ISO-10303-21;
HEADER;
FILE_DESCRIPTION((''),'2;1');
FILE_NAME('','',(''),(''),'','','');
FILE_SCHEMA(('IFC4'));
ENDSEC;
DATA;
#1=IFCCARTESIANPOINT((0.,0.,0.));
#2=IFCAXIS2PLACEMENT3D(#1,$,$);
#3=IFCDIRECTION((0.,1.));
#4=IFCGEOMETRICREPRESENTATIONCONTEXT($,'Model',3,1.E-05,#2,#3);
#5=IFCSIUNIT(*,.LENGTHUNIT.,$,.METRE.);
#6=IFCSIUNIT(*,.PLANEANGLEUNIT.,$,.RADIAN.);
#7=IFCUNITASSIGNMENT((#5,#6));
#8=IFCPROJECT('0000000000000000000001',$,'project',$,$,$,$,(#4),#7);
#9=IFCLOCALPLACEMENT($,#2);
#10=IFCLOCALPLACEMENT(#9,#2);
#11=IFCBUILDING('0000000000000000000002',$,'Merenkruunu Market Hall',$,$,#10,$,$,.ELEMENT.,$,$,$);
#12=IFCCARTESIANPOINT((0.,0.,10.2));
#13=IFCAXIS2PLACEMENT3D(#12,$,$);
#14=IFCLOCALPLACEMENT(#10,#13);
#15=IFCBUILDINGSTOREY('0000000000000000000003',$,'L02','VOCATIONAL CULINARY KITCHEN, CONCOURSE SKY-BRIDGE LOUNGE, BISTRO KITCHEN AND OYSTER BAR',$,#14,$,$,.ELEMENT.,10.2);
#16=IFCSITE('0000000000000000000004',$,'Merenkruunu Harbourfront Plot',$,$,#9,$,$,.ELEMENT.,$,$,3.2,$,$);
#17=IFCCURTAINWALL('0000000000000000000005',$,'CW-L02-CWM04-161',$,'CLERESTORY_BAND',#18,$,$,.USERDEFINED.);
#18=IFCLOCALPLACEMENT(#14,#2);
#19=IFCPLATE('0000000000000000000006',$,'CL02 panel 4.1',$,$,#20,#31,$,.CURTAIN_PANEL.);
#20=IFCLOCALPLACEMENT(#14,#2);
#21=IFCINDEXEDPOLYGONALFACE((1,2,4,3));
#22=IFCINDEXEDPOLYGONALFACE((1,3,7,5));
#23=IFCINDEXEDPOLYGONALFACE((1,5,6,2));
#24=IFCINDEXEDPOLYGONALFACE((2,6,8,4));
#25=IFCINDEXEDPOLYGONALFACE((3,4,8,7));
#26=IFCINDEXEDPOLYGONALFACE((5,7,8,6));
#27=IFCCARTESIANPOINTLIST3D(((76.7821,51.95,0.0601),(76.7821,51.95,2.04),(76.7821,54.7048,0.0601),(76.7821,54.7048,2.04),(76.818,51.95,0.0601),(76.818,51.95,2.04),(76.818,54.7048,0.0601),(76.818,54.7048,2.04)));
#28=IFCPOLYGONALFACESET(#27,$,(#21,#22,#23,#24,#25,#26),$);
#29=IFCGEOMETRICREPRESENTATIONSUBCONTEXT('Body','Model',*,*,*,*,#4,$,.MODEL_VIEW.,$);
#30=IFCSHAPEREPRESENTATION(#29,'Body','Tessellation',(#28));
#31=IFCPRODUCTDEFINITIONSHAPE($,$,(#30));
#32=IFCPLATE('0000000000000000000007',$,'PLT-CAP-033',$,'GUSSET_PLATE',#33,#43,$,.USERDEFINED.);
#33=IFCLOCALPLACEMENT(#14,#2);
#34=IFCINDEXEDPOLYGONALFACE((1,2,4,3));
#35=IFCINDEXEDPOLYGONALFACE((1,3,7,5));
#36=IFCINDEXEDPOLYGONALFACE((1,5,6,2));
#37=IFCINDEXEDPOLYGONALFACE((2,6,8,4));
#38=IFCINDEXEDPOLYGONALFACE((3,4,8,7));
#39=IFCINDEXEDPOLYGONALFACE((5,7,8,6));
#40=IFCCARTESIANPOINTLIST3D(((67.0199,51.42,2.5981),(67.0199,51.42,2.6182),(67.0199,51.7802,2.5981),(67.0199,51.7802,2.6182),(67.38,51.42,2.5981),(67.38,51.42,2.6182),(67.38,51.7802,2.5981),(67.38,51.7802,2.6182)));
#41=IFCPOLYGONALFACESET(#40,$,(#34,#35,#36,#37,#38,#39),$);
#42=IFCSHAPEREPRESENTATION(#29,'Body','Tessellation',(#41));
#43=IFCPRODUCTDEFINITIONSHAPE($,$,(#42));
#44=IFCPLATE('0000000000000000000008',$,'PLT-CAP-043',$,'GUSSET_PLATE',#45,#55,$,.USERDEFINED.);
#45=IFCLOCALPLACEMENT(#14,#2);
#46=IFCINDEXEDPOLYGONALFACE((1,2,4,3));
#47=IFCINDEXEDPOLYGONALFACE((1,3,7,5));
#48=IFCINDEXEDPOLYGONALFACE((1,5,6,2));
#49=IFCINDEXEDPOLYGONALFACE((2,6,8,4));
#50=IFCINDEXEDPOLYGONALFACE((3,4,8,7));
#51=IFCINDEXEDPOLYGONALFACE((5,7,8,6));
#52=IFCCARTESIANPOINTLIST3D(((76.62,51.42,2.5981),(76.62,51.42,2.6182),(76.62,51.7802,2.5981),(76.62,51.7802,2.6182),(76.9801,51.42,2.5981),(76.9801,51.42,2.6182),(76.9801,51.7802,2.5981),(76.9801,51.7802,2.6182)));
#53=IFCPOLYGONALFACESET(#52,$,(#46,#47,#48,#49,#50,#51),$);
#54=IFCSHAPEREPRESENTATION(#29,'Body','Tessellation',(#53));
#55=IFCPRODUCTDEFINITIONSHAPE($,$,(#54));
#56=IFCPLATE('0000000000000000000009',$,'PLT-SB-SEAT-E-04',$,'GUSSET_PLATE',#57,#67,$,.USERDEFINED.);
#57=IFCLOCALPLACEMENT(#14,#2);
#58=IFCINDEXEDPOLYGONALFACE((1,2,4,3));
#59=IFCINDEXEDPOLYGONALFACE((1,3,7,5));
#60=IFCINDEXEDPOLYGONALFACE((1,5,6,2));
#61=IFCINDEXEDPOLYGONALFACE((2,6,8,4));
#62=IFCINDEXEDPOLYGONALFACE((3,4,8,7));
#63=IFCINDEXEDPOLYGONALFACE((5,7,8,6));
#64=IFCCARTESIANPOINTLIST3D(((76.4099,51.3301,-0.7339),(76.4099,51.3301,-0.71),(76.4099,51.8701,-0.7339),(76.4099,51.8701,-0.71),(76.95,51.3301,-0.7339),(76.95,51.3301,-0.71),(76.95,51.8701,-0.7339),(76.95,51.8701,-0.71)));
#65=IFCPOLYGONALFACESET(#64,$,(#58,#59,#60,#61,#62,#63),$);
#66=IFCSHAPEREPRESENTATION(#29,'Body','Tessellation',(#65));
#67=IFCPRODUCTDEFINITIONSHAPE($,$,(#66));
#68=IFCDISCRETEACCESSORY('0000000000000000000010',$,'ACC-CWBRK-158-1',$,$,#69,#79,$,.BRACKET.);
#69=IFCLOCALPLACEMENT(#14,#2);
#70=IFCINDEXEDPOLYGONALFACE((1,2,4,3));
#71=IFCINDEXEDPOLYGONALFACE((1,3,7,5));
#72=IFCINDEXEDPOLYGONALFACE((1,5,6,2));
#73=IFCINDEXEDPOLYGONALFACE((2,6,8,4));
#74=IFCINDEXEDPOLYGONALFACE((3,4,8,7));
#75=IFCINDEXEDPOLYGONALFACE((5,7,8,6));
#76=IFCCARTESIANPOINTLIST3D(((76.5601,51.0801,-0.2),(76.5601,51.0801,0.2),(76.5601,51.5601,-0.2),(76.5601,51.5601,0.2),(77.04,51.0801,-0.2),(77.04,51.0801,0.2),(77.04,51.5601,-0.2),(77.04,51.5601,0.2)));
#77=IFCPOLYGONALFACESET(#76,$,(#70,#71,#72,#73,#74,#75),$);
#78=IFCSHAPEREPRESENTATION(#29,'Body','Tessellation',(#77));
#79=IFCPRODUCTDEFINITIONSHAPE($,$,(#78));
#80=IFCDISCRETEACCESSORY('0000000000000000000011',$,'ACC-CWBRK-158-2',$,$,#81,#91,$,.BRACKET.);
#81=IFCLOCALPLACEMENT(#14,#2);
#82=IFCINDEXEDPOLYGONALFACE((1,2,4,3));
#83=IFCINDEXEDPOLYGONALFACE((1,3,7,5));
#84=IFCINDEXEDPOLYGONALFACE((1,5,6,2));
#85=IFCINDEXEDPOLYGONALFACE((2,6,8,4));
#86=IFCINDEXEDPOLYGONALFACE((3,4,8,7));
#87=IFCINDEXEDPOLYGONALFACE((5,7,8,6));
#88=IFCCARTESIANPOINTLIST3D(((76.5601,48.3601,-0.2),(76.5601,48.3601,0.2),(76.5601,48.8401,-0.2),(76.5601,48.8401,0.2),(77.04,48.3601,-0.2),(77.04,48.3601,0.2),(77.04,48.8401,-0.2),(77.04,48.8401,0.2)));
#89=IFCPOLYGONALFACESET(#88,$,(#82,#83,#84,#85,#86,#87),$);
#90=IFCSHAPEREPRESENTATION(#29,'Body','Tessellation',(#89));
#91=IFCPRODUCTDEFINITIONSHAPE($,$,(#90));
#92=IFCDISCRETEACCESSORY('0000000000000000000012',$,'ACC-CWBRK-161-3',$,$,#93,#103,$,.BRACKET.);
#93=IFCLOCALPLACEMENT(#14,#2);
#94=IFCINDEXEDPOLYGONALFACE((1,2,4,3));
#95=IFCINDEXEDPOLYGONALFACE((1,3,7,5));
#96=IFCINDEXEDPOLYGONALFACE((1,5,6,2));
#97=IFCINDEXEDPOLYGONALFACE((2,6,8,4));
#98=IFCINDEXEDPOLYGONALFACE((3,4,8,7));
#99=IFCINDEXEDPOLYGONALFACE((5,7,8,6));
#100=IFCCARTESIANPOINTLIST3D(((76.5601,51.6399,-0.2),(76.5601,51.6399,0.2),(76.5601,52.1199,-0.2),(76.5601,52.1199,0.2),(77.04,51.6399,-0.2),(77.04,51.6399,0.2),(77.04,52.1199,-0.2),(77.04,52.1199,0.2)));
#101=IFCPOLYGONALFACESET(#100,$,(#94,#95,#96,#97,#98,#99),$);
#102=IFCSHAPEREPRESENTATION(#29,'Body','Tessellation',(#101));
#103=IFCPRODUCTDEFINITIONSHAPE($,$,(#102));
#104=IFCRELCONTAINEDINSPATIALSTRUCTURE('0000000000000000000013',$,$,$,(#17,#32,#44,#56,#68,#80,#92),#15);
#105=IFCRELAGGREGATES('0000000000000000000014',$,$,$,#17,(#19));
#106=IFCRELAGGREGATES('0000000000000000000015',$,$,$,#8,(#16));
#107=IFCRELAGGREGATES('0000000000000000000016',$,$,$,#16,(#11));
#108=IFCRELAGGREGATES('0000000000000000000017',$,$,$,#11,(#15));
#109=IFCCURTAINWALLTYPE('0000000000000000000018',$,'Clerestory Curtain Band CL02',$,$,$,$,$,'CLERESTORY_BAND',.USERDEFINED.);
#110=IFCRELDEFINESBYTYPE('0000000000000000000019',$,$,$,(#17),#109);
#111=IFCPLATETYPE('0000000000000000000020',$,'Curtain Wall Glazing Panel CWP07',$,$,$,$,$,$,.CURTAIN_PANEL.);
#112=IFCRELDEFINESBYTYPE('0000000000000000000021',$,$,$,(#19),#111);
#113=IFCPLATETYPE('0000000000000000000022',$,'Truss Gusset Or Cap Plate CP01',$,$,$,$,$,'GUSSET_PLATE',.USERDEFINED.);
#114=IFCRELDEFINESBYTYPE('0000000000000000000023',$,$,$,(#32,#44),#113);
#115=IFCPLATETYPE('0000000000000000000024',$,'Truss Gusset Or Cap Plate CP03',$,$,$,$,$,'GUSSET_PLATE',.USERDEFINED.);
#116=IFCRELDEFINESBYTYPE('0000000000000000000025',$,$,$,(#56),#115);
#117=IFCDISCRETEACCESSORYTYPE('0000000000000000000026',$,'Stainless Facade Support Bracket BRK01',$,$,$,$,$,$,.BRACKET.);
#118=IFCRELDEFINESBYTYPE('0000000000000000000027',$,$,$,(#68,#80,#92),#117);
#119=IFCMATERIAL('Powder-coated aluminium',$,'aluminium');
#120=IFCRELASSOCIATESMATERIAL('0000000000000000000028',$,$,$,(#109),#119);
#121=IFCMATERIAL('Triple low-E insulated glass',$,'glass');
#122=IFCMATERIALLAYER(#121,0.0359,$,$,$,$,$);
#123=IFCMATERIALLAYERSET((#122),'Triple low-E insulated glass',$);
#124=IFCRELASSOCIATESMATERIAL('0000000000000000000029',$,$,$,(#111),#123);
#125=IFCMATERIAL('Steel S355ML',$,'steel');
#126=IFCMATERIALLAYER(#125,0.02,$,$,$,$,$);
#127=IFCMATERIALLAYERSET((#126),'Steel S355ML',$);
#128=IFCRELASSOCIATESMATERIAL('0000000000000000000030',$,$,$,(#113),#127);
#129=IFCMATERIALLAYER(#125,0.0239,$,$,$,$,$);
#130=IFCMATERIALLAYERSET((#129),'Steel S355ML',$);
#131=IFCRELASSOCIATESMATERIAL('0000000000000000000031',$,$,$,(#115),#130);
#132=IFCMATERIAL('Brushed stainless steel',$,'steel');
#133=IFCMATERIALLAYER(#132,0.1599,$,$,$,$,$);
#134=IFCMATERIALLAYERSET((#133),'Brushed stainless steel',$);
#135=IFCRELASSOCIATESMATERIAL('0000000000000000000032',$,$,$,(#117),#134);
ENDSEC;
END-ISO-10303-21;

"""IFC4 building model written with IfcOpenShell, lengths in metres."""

from ifc_helpers import new_model, si_unit, direction, frame, origin, origin_2d, place, context, subcontext, project, spatial, rectangle, extrude, material, layer, layer_set, type_object, element, aggregate, save


model = new_model("IFC4")

# Units and contexts
model_context = context("Model", 3, precision=1e-05, world=origin(), true_north=direction((0.0, 1.0)))
body_context = subcontext(model_context, "Body", "Model", "MODEL_VIEW")
ifc_project = project(units=[si_unit("LENGTHUNIT", "METRE"), si_unit("PLANEANGLEUNIT", "RADIAN")], contexts=[model_context])

# Site, building, storey
site_placement = place(None, origin())
site = spatial("IfcSite", under=ifc_project, at=site_placement, Name="Merenkruunu Harbourfront Plot", CompositionType="ELEMENT", RefElevation=3.2)
building_placement = place(site_placement, origin())
building = spatial("IfcBuilding", under=site, at=building_placement, Name="Merenkruunu Market Hall", CompositionType="ELEMENT")
storey_placement = place(building_placement, frame((0.0, 0.0, 10.2)))
storey = spatial("IfcBuildingStorey", under=building, at=storey_placement, Name="L02", Description="VOCATIONAL CULINARY KITCHEN, CONCOURSE SKY-BRIDGE LOUNGE, BISTRO KITCHEN AND OYSTER BAR", CompositionType="ELEMENT", Elevation=10.2)

# Shared definitions
ifc_material_1 = material(Name="Steel S355ML", Category="steel")

# Curtain wall
ifc_material_2 = material(Name="Powder-coated aluminium", Category="aluminium")
curtain_wall_type = type_object("IfcCurtainWallType", Name="Clerestory Curtain Band CL02", ElementType="CLERESTORY_BAND", PredefinedType="USERDEFINED", material=ifc_material_2)
curtain_wall_1_placement = place(storey_placement, origin())
curtain_wall_1 = element("IfcCurtainWall", 1, at=curtain_wall_1_placement, inside=storey, type_object=curtain_wall_type, Name="CW-L02-CWM04-161", ObjectType="CLERESTORY_BAND", PredefinedType="USERDEFINED")

# Plate
ifc_material_3 = material(Name="Triple low-E insulated glass", Category="glass")
ifc_layer_1 = layer(ifc_material_3, 0.0359)
ifc_layer_set_1 = layer_set([ifc_layer_1], Name="Triple low-E insulated glass")
plate_type_1 = type_object("IfcPlateType", Name="Curtain Wall Glazing Panel CWP07", PredefinedType="CURTAIN_PANEL", material=ifc_layer_set_1)
plate_1_placement = place(storey_placement, frame((76.8, 53.3274, 0.0601), z_axis=(0.0, 0.0, 1.0), x_axis=(0.0, -1.0, 0.0)))
plate_1 = element("IfcPlate", 2, at=plate_1_placement, type_object=plate_type_1, Name="CL02 panel 4.1", PredefinedType="CURTAIN_PANEL", context=body_context, shape_type="SweptSolid", body=[
    extrude(rectangle(XDim=2.7549, YDim=0.0359, at=origin_2d()), origin(), (0.0, 0.0, 1.0), 1.98),
])
aggregate(curtain_wall_1, [plate_1])

# Plates
ifc_layer_2 = layer(ifc_material_1, 0.02)
ifc_layer_set_2 = layer_set([ifc_layer_2], Name="Steel S355ML")
plate_type_2 = type_object("IfcPlateType", Name="Truss Gusset Or Cap Plate CP01", ElementType="GUSSET_PLATE", PredefinedType="USERDEFINED", material=ifc_layer_set_2)
for number, where, z_axis, x_axis, name in (
    (3, (67.2, 51.6001, 2.5981), (0.0, 0.0, 1.0), (1.0, 0.0, 0.0), "PLT-CAP-033"),
    (4, (76.8, 51.6001, 2.5981), (0.0, 0.0, 1.0), (1.0, 0.0, 0.0), "PLT-CAP-043"),
):
    element("IfcPlate", number, at=place(storey_placement, frame(where, z_axis=z_axis, x_axis=x_axis)), inside=storey, type_object=plate_type_2, Name=name, ObjectType="GUSSET_PLATE", PredefinedType="USERDEFINED", context=body_context, shape_type="SweptSolid", body=[
        extrude(rectangle(XDim=0.3601, YDim=0.3601, at=origin_2d()), origin(), (0.0, 0.0, 1.0), 0.02),
    ])
ifc_layer_3 = layer(ifc_material_1, 0.0239)
ifc_layer_set_3 = layer_set([ifc_layer_3], Name="Steel S355ML")
plate_type_3 = type_object("IfcPlateType", Name="Truss Gusset Or Cap Plate CP03", ElementType="GUSSET_PLATE", PredefinedType="USERDEFINED", material=ifc_layer_set_3)
plate_2_placement = place(storey_placement, frame((76.6799, 51.6001, -0.7339), z_axis=(0.0, 0.0, 1.0), x_axis=(1.0, 0.0, 0.0)))
element("IfcPlate", 5, at=plate_2_placement, inside=storey, type_object=plate_type_3, Name="PLT-SB-SEAT-E-04", ObjectType="GUSSET_PLATE", PredefinedType="USERDEFINED", context=body_context, shape_type="SweptSolid", body=[
    extrude(rectangle(XDim=0.54, YDim=0.54, at=origin_2d()), origin(), (0.0, 0.0, 1.0), 0.0239),
])

# Discrete accessories
ifc_material_4 = material(Name="Brushed stainless steel", Category="steel")
ifc_layer_4 = layer(ifc_material_4, 0.1599)
ifc_layer_set_4 = layer_set([ifc_layer_4], Name="Brushed stainless steel")
discrete_accessory_type = type_object("IfcDiscreteAccessoryType", Name="Stainless Facade Support Bracket BRK01", PredefinedType="BRACKET", material=ifc_layer_set_4)
for number, where, z_axis, x_axis, name in (
    (6, (76.8, 51.3201, -0.2), (0.0, 0.0, 1.0), (1.0, 0.0, 0.0), "ACC-CWBRK-158-1"),
    (7, (76.8, 48.6001, -0.2), (0.0, 0.0, 1.0), (1.0, 0.0, 0.0), "ACC-CWBRK-158-2"),
    (8, (76.8, 51.8799, -0.2), (0.0, 0.0, 1.0), (1.0, 0.0, 0.0), "ACC-CWBRK-161-3"),
):
    element("IfcDiscreteAccessory", number, at=place(storey_placement, frame(where, z_axis=z_axis, x_axis=x_axis)), inside=storey, type_object=discrete_accessory_type, Name=name, PredefinedType="BRACKET", context=body_context, shape_type="SweptSolid", body=[
        extrude(rectangle(XDim=0.48, YDim=0.48, at=origin_2d()), origin(), (0.0, 0.0, 1.0), 0.3999),
    ])

save(model, "model.ifc")
